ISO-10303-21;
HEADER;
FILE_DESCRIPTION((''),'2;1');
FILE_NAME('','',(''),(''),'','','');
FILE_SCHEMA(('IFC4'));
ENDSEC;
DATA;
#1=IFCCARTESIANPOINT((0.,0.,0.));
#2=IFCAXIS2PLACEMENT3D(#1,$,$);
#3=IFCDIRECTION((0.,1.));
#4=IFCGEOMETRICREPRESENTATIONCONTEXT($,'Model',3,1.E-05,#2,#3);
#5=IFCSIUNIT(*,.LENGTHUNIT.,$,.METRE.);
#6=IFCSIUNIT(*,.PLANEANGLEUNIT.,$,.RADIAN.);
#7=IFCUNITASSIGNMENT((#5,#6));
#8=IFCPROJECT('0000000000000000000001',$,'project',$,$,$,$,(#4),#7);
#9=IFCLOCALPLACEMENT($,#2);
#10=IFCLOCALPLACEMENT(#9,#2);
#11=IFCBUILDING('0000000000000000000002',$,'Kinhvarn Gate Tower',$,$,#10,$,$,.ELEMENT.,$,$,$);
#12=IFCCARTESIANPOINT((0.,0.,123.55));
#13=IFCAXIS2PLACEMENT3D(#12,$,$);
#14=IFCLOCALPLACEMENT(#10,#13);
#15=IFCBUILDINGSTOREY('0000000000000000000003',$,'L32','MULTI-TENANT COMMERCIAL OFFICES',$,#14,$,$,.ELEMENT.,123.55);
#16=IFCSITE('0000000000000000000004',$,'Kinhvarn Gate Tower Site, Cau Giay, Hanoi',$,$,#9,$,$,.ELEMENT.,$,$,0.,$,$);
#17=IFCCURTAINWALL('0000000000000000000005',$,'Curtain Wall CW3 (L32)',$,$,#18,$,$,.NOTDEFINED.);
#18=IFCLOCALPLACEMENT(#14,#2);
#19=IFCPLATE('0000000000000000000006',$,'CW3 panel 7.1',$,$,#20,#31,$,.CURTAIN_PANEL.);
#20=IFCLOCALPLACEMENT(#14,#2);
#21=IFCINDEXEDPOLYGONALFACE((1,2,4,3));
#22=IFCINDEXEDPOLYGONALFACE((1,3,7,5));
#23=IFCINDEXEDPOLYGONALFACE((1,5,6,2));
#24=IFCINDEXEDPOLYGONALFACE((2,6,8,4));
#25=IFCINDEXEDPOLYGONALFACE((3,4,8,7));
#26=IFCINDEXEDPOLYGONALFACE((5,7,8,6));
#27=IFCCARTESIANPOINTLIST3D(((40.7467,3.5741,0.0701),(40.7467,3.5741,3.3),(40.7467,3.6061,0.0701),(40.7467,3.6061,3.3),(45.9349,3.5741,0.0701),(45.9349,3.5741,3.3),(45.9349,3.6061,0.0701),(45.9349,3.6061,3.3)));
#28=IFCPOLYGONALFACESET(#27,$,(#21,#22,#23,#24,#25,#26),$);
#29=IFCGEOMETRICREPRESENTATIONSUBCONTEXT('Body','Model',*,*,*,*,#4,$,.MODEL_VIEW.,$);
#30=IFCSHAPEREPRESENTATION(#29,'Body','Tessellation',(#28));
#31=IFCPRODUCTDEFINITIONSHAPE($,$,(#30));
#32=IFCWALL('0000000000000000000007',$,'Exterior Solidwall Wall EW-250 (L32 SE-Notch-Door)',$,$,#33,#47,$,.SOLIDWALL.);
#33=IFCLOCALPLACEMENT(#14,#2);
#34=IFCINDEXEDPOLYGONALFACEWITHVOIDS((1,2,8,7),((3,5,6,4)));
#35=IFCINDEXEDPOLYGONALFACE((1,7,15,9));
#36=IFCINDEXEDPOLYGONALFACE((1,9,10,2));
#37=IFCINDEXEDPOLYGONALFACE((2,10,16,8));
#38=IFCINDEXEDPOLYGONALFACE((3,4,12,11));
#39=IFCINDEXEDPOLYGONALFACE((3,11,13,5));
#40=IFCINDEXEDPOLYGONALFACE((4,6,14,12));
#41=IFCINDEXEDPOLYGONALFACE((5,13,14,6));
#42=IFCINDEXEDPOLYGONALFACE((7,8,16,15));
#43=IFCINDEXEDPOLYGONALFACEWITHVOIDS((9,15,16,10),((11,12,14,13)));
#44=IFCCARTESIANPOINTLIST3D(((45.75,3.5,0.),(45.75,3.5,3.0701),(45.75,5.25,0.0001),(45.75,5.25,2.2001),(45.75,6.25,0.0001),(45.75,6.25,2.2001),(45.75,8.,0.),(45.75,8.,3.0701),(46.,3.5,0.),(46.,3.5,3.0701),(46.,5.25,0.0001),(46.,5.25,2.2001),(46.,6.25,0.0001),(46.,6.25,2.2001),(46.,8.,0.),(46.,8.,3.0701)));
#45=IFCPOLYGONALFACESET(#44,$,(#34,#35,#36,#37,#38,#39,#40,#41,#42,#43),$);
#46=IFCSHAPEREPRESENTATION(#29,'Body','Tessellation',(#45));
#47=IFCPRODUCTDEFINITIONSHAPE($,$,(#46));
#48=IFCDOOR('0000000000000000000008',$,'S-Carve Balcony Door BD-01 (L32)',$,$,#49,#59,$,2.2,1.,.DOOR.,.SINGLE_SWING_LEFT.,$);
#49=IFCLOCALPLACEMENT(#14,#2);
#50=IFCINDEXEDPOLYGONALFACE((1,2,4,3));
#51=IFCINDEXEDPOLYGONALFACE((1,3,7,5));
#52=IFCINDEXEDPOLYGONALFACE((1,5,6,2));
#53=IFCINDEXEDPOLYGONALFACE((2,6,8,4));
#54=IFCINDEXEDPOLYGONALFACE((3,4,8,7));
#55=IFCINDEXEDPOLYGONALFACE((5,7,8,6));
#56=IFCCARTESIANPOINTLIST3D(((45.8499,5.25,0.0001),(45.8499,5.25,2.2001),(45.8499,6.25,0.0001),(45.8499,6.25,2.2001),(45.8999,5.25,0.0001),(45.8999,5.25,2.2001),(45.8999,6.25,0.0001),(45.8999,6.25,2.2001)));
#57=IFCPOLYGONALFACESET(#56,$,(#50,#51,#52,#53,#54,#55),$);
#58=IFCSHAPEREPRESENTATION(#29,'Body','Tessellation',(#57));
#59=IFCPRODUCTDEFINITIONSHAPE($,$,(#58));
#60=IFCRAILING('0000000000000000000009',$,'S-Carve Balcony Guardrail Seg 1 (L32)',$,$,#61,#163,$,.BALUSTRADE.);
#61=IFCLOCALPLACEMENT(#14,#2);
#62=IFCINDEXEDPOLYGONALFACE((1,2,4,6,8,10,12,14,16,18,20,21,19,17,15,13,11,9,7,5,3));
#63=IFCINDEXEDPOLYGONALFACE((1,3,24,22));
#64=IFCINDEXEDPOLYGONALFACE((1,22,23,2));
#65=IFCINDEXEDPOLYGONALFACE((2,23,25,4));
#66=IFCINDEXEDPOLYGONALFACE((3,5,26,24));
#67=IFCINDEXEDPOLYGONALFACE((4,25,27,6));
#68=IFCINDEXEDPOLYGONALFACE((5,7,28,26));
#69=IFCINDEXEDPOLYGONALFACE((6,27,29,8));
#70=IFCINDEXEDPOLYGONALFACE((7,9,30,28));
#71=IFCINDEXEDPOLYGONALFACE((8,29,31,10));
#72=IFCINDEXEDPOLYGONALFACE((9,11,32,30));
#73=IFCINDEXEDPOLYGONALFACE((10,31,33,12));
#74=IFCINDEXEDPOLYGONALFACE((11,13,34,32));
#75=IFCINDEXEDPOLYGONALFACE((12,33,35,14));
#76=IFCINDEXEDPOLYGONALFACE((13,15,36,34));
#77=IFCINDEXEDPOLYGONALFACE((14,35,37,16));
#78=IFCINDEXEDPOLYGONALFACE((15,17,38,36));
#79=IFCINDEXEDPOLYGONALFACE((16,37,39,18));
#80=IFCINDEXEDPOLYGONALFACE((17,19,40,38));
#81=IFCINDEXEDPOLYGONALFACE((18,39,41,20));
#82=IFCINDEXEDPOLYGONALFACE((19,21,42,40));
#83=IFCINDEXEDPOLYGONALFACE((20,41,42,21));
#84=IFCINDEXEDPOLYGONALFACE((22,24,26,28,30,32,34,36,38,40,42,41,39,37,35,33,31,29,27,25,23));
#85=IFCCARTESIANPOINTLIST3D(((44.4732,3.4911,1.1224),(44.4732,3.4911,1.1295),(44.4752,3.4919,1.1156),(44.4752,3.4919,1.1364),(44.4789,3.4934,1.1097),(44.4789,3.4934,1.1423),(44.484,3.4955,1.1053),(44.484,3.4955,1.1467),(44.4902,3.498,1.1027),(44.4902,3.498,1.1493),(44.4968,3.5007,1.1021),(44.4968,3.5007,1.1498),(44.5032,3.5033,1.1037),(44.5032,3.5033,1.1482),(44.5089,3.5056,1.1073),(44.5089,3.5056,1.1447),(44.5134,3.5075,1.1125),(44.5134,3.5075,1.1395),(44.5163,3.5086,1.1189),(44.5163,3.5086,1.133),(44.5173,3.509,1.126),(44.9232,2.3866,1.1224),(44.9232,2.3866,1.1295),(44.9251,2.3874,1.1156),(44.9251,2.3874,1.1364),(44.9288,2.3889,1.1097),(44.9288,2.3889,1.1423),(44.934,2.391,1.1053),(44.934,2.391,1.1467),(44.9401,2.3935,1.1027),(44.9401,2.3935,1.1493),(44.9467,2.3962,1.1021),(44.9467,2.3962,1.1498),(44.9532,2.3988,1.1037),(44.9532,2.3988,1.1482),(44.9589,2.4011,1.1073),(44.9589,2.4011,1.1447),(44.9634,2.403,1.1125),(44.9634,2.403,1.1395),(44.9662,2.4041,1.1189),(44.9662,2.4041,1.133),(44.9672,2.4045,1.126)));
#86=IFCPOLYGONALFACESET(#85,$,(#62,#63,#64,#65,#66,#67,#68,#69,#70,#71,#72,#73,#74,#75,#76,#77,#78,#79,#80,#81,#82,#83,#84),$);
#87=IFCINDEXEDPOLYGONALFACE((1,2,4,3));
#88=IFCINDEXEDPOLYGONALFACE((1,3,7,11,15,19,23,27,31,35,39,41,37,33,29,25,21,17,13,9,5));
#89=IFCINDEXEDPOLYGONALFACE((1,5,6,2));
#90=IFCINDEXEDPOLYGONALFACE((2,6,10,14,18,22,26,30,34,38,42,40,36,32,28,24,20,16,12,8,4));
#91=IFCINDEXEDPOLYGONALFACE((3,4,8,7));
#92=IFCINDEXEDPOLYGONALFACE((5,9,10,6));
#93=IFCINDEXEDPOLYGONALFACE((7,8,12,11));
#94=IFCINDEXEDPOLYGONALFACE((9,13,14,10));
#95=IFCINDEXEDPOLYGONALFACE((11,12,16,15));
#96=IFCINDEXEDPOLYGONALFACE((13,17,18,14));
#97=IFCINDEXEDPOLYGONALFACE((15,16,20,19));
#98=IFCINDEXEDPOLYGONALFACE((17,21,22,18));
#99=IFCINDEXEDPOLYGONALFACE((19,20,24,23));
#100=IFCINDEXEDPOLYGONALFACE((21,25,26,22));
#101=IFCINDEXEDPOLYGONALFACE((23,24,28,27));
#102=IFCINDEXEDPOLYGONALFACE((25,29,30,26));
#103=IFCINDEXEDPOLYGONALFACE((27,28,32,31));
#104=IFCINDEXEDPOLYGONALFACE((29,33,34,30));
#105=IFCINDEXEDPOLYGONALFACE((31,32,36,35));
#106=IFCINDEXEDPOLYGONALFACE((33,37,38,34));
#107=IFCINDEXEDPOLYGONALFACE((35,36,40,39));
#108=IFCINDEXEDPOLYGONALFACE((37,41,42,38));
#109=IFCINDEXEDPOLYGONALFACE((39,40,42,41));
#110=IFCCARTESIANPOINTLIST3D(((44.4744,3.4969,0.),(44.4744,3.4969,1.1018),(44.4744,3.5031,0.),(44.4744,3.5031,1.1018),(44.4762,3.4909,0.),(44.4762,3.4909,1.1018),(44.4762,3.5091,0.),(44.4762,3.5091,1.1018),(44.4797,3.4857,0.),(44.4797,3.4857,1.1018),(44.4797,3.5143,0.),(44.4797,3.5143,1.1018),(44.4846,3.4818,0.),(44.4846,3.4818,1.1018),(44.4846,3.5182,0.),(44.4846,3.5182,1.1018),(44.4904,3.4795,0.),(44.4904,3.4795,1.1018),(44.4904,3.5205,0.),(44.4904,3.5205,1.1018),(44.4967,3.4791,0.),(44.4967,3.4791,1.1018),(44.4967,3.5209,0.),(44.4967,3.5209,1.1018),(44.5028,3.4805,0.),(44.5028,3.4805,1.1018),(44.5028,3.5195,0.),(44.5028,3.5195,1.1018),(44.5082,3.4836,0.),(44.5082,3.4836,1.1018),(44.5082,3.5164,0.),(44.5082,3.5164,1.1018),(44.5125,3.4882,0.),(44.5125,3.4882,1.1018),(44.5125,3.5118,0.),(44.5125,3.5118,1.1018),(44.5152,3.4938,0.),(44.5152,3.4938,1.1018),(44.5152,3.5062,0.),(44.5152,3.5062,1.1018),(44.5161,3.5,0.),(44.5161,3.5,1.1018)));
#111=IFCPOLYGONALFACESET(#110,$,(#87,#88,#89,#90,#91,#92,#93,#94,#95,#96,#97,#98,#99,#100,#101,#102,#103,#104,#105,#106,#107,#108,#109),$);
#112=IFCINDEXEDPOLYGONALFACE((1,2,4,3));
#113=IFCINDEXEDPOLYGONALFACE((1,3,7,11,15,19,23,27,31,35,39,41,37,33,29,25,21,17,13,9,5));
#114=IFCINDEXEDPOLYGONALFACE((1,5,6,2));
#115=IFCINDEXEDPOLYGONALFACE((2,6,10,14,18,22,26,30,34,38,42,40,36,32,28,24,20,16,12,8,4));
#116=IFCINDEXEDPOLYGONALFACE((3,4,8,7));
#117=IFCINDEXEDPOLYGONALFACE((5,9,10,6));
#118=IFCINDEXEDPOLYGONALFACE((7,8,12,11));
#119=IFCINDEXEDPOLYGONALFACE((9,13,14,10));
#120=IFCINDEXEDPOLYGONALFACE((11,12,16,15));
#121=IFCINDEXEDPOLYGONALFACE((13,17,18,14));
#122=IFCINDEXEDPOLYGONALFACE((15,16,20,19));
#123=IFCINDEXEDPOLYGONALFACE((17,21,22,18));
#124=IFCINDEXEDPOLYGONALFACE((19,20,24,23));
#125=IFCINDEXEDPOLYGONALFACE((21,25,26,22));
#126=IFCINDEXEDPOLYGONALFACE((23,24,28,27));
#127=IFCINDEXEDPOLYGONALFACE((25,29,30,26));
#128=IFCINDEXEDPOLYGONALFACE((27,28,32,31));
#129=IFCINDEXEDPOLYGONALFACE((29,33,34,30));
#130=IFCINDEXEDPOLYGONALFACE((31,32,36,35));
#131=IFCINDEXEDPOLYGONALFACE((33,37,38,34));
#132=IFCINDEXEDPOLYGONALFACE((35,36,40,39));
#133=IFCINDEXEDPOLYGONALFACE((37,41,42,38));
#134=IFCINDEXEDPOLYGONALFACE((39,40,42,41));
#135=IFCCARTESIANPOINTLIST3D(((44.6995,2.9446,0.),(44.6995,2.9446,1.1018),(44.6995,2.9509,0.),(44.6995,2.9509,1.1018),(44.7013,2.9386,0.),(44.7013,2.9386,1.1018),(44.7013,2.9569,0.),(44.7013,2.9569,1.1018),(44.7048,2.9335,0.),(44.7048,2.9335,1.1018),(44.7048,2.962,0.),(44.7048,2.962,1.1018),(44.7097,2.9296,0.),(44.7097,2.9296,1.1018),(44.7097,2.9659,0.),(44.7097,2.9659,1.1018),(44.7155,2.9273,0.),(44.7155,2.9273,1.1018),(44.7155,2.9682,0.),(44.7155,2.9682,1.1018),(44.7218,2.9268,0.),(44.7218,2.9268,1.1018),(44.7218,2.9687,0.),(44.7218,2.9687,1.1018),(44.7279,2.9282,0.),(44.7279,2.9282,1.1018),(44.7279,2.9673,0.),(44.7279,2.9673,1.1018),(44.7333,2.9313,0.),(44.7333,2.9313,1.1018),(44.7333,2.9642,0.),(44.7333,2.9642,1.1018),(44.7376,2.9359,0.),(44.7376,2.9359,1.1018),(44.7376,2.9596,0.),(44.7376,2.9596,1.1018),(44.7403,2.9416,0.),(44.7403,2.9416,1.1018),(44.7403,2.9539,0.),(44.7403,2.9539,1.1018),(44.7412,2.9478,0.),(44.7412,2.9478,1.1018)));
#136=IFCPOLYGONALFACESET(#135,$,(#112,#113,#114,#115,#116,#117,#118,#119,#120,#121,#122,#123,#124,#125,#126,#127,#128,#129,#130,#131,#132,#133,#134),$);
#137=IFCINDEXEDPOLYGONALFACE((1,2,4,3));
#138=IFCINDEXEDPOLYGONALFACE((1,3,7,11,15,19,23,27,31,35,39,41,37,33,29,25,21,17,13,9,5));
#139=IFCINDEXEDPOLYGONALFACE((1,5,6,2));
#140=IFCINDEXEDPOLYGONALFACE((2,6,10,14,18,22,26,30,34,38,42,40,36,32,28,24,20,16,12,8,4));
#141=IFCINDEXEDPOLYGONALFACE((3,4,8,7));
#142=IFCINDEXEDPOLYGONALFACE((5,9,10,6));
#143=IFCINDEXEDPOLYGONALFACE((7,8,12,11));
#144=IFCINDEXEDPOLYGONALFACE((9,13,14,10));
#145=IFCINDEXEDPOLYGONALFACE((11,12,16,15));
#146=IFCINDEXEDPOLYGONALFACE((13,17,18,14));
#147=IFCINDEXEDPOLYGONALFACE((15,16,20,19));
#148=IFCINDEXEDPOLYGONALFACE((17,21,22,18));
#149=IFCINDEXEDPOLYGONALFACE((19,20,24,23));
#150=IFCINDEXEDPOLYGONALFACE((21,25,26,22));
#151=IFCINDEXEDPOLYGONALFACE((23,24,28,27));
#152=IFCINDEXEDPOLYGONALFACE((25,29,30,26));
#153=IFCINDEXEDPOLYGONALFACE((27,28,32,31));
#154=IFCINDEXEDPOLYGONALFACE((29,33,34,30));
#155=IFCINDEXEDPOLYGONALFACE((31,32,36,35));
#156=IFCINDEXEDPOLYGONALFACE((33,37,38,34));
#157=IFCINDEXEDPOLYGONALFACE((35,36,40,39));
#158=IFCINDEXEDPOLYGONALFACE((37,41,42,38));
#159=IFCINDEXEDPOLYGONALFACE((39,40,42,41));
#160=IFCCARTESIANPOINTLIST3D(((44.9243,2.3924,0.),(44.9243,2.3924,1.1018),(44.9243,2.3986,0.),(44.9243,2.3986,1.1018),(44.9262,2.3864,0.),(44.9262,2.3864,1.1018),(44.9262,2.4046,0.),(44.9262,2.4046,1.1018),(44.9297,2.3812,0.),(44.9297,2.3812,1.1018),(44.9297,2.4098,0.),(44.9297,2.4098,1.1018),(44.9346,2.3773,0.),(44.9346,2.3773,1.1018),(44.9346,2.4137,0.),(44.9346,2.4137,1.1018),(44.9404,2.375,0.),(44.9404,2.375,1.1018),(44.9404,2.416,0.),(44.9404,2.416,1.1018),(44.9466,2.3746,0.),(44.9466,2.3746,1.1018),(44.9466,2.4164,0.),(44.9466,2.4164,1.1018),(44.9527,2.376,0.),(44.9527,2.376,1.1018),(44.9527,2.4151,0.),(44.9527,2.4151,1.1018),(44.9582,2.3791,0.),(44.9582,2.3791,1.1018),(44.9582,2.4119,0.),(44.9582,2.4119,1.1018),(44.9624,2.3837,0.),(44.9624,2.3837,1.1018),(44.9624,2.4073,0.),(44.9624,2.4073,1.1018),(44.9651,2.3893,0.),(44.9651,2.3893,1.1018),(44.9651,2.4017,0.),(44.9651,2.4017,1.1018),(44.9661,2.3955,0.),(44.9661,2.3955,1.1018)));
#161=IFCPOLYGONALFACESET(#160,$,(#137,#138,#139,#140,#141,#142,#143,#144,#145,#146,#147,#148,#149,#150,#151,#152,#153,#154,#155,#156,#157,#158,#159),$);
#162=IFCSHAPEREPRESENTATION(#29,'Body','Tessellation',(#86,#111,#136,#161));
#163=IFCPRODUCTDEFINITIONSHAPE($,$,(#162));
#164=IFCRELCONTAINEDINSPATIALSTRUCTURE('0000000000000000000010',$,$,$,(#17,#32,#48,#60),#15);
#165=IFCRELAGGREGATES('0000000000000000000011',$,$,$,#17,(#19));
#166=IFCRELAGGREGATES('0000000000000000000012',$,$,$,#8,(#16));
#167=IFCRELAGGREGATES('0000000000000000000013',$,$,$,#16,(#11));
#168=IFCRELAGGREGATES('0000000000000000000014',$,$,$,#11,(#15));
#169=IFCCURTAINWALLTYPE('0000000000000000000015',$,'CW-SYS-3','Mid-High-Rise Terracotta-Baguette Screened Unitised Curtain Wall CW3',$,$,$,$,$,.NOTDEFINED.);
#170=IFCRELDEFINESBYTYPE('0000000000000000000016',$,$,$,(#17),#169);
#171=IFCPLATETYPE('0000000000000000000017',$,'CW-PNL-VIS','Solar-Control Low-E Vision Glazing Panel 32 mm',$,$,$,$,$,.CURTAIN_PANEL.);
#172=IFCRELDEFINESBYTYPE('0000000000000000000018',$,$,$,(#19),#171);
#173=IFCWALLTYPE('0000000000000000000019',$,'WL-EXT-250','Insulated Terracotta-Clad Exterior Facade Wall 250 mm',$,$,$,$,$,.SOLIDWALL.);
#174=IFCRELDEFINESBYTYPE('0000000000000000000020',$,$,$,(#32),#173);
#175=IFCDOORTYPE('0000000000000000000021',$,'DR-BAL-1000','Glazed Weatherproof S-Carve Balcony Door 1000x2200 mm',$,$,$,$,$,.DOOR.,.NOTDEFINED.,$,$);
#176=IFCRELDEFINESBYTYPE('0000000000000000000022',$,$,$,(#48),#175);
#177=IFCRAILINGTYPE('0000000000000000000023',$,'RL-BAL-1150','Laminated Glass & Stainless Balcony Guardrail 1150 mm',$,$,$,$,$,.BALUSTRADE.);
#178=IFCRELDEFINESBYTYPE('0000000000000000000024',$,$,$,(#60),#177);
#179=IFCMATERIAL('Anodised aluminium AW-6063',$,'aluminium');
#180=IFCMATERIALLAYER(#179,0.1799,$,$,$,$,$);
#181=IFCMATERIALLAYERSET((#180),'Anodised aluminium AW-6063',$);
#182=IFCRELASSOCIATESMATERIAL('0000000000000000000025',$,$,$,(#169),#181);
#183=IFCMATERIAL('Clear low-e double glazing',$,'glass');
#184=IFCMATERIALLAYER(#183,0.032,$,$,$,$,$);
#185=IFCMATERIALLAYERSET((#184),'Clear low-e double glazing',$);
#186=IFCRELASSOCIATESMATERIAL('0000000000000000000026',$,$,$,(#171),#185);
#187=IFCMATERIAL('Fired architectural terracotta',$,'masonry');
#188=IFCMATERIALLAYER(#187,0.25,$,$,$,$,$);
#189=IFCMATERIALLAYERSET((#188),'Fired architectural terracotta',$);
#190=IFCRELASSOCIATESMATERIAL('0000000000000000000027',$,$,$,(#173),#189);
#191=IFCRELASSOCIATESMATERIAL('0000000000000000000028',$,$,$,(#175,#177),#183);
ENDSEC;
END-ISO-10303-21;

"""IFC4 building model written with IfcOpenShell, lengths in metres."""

from ifc_helpers import new_model, si_unit, direction, frame, frame_2d, origin, origin_2d, place, context, subcontext, project, spatial, rectangle, circle, extrude, material, layer, layer_set, type_object, element, fill, aggregate, save


model = new_model("IFC4")

# Units and contexts
model_context = context("Model", 3, precision=1e-05, world=origin(), true_north=direction((0.0, 1.0)))
body_context = subcontext(model_context, "Body", "Model", "MODEL_VIEW")
ifc_project = project(units=[si_unit("LENGTHUNIT", "METRE"), si_unit("PLANEANGLEUNIT", "RADIAN")], contexts=[model_context])

# Site, building, storey
site_placement = place(None, origin())
site = spatial("IfcSite", under=ifc_project, at=site_placement, Name="Kinhvarn Gate Tower Site, Cau Giay, Hanoi", CompositionType="ELEMENT", RefElevation=0.0)
building_placement = place(site_placement, origin())
building = spatial("IfcBuilding", under=site, at=building_placement, Name="Kinhvarn Gate Tower", CompositionType="ELEMENT")
storey_placement = place(building_placement, frame((0.0, 0.0, 123.55)))
storey = spatial("IfcBuildingStorey", under=building, at=storey_placement, Name="L32", Description="MULTI-TENANT COMMERCIAL OFFICES", CompositionType="ELEMENT", Elevation=123.55)

# Curtain wall
ifc_material_1 = material(Name="Anodised aluminium AW-6063", Category="aluminium")
ifc_layer_1 = layer(ifc_material_1, 0.1799)
ifc_layer_set_1 = layer_set([ifc_layer_1], Name="Anodised aluminium AW-6063")
curtain_wall_type = type_object("IfcCurtainWallType", Name="CW-SYS-3", Description="Mid-High-Rise Terracotta-Baguette Screened Unitised Curtain Wall CW3", PredefinedType="NOTDEFINED", material=ifc_layer_set_1)
curtain_wall_1_placement = place(storey_placement, origin())
curtain_wall_1 = element("IfcCurtainWall", 1, at=curtain_wall_1_placement, inside=storey, type_object=curtain_wall_type, Name="Curtain Wall CW3 (L32)", PredefinedType="NOTDEFINED")

# Plate
ifc_material_2 = material(Name="Clear low-e double glazing", Category="glass")
ifc_layer_2 = layer(ifc_material_2, 0.032)
ifc_layer_set_2 = layer_set([ifc_layer_2], Name="Clear low-e double glazing")
plate_type = type_object("IfcPlateType", Name="CW-PNL-VIS", Description="Solar-Control Low-E Vision Glazing Panel 32 mm", PredefinedType="CURTAIN_PANEL", material=ifc_layer_set_2)
plate_placement = place(storey_placement, frame((43.3408, 3.5901, 0.0701), z_axis=(0.0, 0.0, 1.0), x_axis=(1.0, 0.0, 0.0)))
plate = element("IfcPlate", 2, at=plate_placement, type_object=plate_type, Name="CW3 panel 7.1", PredefinedType="CURTAIN_PANEL", context=body_context, shape_type="SweptSolid", body=[
    extrude(rectangle(XDim=5.1882, YDim=0.032, at=origin_2d()), origin(), (0.0, 0.0, 1.0), 3.23),
])
aggregate(curtain_wall_1, [plate])

# Wall, opening, door
ifc_material_3 = material(Name="Fired architectural terracotta", Category="masonry")
ifc_layer_3 = layer(ifc_material_3, 0.25)
ifc_layer_set_3 = layer_set([ifc_layer_3], Name="Fired architectural terracotta")
wall_type = type_object("IfcWallType", Name="WL-EXT-250", Description="Insulated Terracotta-Clad Exterior Facade Wall 250 mm", PredefinedType="SOLIDWALL", material=ifc_layer_set_3)
wall_placement = place(storey_placement, frame((45.875, 3.5, 0.0), z_axis=(0.0, 0.0, 1.0), x_axis=(0.0, 1.0, 0.0)))
wall = element("IfcWall", 3, at=wall_placement, inside=storey, type_object=wall_type, Name="Exterior Solidwall Wall EW-250 (L32 SE-Notch-Door)", PredefinedType="SOLIDWALL", context=body_context, shape_type="SweptSolid", body=[
    extrude(rectangle(XDim=4.5, YDim=0.25, at=frame_2d((2.25, 0.0))), origin(), (0.0, 0.0, 1.0), 3.0701),
])
opening_placement = place(wall_placement, frame((1.75, 0.0, 0.0)))
opening = element("IfcOpeningElement", 4, at=opening_placement, cuts=wall, PredefinedType="OPENING", context=body_context, shape_type="SweptSolid", body=[
    extrude(rectangle(XDim=1.0, YDim=2.2, at=frame_2d((0.5, 1.1001))), frame((0.0, 0.135, 0.0), z_axis=(0.0, -1.0, 0.0), x_axis=(1.0, 0.0, 0.0)), (0.0, 0.0, 1.0), 0.27),
])
door_type = type_object("IfcDoorType", Name="DR-BAL-1000", Description="Glazed Weatherproof S-Carve Balcony Door 1000x2200 mm", OperationType="NOTDEFINED", PredefinedType="DOOR", material=ifc_material_2)
door_placement = place(opening_placement, frame((1.0, 0.0, 0.0), z_axis=(0.0, 0.0, 1.0), x_axis=(-1.0, 0.0, 0.0)))
door = element("IfcDoor", 5, at=door_placement, inside=storey, type_object=door_type, Name="S-Carve Balcony Door BD-01 (L32)", OperationType="SINGLE_SWING_LEFT", OverallHeight=2.2, OverallWidth=1.0, PredefinedType="DOOR", context=body_context, shape_type="SweptSolid", body=[
    extrude(rectangle(XDim=1.0, YDim=2.2, at=frame_2d((0.5, 1.1001))), frame((0.0, 0.0249, 0.0), z_axis=(0.0, -1.0, 0.0), x_axis=(1.0, 0.0, 0.0)), (0.0, 0.0, 1.0), 0.05),
])
fill(opening, door)

# Railing
railing_type = type_object("IfcRailingType", Name="RL-BAL-1150", Description="Laminated Glass & Stainless Balcony Guardrail 1150 mm", PredefinedType="BALUSTRADE", material=ifc_material_2)
railing_1_placement = place(storey_placement, frame((44.4951, 3.5, 0.0)))
element("IfcRailing", 6, at=railing_1_placement, inside=storey, type_object=railing_type, Name="S-Carve Balcony Guardrail Seg 1 (L32)", PredefinedType="BALUSTRADE", context=body_context, shape_type="SweptSolid", body=[
    extrude(circle(Radius=0.0239, at=origin_2d()), frame((0.0, 0.0, 1.126), z_axis=(0.377277, -0.9261, 0.0), x_axis=(0.9261, 0.377277, 0.0)), (0.0, 0.0, 1.0), 1.1926),
    extrude(circle(Radius=0.021, at=origin_2d()), origin(), (0.0, 0.0, 1.0), 1.1018),
    extrude(circle(Radius=0.021, at=origin_2d()), frame((0.2251, -0.5522, 0.0)), (0.0, 0.0, 1.0), 1.1018),
    extrude(circle(Radius=0.021, at=origin_2d()), frame((0.45, -1.1045, 0.0)), (0.0, 0.0, 1.0), 1.1018),
])

save(model, "model.ifc")
